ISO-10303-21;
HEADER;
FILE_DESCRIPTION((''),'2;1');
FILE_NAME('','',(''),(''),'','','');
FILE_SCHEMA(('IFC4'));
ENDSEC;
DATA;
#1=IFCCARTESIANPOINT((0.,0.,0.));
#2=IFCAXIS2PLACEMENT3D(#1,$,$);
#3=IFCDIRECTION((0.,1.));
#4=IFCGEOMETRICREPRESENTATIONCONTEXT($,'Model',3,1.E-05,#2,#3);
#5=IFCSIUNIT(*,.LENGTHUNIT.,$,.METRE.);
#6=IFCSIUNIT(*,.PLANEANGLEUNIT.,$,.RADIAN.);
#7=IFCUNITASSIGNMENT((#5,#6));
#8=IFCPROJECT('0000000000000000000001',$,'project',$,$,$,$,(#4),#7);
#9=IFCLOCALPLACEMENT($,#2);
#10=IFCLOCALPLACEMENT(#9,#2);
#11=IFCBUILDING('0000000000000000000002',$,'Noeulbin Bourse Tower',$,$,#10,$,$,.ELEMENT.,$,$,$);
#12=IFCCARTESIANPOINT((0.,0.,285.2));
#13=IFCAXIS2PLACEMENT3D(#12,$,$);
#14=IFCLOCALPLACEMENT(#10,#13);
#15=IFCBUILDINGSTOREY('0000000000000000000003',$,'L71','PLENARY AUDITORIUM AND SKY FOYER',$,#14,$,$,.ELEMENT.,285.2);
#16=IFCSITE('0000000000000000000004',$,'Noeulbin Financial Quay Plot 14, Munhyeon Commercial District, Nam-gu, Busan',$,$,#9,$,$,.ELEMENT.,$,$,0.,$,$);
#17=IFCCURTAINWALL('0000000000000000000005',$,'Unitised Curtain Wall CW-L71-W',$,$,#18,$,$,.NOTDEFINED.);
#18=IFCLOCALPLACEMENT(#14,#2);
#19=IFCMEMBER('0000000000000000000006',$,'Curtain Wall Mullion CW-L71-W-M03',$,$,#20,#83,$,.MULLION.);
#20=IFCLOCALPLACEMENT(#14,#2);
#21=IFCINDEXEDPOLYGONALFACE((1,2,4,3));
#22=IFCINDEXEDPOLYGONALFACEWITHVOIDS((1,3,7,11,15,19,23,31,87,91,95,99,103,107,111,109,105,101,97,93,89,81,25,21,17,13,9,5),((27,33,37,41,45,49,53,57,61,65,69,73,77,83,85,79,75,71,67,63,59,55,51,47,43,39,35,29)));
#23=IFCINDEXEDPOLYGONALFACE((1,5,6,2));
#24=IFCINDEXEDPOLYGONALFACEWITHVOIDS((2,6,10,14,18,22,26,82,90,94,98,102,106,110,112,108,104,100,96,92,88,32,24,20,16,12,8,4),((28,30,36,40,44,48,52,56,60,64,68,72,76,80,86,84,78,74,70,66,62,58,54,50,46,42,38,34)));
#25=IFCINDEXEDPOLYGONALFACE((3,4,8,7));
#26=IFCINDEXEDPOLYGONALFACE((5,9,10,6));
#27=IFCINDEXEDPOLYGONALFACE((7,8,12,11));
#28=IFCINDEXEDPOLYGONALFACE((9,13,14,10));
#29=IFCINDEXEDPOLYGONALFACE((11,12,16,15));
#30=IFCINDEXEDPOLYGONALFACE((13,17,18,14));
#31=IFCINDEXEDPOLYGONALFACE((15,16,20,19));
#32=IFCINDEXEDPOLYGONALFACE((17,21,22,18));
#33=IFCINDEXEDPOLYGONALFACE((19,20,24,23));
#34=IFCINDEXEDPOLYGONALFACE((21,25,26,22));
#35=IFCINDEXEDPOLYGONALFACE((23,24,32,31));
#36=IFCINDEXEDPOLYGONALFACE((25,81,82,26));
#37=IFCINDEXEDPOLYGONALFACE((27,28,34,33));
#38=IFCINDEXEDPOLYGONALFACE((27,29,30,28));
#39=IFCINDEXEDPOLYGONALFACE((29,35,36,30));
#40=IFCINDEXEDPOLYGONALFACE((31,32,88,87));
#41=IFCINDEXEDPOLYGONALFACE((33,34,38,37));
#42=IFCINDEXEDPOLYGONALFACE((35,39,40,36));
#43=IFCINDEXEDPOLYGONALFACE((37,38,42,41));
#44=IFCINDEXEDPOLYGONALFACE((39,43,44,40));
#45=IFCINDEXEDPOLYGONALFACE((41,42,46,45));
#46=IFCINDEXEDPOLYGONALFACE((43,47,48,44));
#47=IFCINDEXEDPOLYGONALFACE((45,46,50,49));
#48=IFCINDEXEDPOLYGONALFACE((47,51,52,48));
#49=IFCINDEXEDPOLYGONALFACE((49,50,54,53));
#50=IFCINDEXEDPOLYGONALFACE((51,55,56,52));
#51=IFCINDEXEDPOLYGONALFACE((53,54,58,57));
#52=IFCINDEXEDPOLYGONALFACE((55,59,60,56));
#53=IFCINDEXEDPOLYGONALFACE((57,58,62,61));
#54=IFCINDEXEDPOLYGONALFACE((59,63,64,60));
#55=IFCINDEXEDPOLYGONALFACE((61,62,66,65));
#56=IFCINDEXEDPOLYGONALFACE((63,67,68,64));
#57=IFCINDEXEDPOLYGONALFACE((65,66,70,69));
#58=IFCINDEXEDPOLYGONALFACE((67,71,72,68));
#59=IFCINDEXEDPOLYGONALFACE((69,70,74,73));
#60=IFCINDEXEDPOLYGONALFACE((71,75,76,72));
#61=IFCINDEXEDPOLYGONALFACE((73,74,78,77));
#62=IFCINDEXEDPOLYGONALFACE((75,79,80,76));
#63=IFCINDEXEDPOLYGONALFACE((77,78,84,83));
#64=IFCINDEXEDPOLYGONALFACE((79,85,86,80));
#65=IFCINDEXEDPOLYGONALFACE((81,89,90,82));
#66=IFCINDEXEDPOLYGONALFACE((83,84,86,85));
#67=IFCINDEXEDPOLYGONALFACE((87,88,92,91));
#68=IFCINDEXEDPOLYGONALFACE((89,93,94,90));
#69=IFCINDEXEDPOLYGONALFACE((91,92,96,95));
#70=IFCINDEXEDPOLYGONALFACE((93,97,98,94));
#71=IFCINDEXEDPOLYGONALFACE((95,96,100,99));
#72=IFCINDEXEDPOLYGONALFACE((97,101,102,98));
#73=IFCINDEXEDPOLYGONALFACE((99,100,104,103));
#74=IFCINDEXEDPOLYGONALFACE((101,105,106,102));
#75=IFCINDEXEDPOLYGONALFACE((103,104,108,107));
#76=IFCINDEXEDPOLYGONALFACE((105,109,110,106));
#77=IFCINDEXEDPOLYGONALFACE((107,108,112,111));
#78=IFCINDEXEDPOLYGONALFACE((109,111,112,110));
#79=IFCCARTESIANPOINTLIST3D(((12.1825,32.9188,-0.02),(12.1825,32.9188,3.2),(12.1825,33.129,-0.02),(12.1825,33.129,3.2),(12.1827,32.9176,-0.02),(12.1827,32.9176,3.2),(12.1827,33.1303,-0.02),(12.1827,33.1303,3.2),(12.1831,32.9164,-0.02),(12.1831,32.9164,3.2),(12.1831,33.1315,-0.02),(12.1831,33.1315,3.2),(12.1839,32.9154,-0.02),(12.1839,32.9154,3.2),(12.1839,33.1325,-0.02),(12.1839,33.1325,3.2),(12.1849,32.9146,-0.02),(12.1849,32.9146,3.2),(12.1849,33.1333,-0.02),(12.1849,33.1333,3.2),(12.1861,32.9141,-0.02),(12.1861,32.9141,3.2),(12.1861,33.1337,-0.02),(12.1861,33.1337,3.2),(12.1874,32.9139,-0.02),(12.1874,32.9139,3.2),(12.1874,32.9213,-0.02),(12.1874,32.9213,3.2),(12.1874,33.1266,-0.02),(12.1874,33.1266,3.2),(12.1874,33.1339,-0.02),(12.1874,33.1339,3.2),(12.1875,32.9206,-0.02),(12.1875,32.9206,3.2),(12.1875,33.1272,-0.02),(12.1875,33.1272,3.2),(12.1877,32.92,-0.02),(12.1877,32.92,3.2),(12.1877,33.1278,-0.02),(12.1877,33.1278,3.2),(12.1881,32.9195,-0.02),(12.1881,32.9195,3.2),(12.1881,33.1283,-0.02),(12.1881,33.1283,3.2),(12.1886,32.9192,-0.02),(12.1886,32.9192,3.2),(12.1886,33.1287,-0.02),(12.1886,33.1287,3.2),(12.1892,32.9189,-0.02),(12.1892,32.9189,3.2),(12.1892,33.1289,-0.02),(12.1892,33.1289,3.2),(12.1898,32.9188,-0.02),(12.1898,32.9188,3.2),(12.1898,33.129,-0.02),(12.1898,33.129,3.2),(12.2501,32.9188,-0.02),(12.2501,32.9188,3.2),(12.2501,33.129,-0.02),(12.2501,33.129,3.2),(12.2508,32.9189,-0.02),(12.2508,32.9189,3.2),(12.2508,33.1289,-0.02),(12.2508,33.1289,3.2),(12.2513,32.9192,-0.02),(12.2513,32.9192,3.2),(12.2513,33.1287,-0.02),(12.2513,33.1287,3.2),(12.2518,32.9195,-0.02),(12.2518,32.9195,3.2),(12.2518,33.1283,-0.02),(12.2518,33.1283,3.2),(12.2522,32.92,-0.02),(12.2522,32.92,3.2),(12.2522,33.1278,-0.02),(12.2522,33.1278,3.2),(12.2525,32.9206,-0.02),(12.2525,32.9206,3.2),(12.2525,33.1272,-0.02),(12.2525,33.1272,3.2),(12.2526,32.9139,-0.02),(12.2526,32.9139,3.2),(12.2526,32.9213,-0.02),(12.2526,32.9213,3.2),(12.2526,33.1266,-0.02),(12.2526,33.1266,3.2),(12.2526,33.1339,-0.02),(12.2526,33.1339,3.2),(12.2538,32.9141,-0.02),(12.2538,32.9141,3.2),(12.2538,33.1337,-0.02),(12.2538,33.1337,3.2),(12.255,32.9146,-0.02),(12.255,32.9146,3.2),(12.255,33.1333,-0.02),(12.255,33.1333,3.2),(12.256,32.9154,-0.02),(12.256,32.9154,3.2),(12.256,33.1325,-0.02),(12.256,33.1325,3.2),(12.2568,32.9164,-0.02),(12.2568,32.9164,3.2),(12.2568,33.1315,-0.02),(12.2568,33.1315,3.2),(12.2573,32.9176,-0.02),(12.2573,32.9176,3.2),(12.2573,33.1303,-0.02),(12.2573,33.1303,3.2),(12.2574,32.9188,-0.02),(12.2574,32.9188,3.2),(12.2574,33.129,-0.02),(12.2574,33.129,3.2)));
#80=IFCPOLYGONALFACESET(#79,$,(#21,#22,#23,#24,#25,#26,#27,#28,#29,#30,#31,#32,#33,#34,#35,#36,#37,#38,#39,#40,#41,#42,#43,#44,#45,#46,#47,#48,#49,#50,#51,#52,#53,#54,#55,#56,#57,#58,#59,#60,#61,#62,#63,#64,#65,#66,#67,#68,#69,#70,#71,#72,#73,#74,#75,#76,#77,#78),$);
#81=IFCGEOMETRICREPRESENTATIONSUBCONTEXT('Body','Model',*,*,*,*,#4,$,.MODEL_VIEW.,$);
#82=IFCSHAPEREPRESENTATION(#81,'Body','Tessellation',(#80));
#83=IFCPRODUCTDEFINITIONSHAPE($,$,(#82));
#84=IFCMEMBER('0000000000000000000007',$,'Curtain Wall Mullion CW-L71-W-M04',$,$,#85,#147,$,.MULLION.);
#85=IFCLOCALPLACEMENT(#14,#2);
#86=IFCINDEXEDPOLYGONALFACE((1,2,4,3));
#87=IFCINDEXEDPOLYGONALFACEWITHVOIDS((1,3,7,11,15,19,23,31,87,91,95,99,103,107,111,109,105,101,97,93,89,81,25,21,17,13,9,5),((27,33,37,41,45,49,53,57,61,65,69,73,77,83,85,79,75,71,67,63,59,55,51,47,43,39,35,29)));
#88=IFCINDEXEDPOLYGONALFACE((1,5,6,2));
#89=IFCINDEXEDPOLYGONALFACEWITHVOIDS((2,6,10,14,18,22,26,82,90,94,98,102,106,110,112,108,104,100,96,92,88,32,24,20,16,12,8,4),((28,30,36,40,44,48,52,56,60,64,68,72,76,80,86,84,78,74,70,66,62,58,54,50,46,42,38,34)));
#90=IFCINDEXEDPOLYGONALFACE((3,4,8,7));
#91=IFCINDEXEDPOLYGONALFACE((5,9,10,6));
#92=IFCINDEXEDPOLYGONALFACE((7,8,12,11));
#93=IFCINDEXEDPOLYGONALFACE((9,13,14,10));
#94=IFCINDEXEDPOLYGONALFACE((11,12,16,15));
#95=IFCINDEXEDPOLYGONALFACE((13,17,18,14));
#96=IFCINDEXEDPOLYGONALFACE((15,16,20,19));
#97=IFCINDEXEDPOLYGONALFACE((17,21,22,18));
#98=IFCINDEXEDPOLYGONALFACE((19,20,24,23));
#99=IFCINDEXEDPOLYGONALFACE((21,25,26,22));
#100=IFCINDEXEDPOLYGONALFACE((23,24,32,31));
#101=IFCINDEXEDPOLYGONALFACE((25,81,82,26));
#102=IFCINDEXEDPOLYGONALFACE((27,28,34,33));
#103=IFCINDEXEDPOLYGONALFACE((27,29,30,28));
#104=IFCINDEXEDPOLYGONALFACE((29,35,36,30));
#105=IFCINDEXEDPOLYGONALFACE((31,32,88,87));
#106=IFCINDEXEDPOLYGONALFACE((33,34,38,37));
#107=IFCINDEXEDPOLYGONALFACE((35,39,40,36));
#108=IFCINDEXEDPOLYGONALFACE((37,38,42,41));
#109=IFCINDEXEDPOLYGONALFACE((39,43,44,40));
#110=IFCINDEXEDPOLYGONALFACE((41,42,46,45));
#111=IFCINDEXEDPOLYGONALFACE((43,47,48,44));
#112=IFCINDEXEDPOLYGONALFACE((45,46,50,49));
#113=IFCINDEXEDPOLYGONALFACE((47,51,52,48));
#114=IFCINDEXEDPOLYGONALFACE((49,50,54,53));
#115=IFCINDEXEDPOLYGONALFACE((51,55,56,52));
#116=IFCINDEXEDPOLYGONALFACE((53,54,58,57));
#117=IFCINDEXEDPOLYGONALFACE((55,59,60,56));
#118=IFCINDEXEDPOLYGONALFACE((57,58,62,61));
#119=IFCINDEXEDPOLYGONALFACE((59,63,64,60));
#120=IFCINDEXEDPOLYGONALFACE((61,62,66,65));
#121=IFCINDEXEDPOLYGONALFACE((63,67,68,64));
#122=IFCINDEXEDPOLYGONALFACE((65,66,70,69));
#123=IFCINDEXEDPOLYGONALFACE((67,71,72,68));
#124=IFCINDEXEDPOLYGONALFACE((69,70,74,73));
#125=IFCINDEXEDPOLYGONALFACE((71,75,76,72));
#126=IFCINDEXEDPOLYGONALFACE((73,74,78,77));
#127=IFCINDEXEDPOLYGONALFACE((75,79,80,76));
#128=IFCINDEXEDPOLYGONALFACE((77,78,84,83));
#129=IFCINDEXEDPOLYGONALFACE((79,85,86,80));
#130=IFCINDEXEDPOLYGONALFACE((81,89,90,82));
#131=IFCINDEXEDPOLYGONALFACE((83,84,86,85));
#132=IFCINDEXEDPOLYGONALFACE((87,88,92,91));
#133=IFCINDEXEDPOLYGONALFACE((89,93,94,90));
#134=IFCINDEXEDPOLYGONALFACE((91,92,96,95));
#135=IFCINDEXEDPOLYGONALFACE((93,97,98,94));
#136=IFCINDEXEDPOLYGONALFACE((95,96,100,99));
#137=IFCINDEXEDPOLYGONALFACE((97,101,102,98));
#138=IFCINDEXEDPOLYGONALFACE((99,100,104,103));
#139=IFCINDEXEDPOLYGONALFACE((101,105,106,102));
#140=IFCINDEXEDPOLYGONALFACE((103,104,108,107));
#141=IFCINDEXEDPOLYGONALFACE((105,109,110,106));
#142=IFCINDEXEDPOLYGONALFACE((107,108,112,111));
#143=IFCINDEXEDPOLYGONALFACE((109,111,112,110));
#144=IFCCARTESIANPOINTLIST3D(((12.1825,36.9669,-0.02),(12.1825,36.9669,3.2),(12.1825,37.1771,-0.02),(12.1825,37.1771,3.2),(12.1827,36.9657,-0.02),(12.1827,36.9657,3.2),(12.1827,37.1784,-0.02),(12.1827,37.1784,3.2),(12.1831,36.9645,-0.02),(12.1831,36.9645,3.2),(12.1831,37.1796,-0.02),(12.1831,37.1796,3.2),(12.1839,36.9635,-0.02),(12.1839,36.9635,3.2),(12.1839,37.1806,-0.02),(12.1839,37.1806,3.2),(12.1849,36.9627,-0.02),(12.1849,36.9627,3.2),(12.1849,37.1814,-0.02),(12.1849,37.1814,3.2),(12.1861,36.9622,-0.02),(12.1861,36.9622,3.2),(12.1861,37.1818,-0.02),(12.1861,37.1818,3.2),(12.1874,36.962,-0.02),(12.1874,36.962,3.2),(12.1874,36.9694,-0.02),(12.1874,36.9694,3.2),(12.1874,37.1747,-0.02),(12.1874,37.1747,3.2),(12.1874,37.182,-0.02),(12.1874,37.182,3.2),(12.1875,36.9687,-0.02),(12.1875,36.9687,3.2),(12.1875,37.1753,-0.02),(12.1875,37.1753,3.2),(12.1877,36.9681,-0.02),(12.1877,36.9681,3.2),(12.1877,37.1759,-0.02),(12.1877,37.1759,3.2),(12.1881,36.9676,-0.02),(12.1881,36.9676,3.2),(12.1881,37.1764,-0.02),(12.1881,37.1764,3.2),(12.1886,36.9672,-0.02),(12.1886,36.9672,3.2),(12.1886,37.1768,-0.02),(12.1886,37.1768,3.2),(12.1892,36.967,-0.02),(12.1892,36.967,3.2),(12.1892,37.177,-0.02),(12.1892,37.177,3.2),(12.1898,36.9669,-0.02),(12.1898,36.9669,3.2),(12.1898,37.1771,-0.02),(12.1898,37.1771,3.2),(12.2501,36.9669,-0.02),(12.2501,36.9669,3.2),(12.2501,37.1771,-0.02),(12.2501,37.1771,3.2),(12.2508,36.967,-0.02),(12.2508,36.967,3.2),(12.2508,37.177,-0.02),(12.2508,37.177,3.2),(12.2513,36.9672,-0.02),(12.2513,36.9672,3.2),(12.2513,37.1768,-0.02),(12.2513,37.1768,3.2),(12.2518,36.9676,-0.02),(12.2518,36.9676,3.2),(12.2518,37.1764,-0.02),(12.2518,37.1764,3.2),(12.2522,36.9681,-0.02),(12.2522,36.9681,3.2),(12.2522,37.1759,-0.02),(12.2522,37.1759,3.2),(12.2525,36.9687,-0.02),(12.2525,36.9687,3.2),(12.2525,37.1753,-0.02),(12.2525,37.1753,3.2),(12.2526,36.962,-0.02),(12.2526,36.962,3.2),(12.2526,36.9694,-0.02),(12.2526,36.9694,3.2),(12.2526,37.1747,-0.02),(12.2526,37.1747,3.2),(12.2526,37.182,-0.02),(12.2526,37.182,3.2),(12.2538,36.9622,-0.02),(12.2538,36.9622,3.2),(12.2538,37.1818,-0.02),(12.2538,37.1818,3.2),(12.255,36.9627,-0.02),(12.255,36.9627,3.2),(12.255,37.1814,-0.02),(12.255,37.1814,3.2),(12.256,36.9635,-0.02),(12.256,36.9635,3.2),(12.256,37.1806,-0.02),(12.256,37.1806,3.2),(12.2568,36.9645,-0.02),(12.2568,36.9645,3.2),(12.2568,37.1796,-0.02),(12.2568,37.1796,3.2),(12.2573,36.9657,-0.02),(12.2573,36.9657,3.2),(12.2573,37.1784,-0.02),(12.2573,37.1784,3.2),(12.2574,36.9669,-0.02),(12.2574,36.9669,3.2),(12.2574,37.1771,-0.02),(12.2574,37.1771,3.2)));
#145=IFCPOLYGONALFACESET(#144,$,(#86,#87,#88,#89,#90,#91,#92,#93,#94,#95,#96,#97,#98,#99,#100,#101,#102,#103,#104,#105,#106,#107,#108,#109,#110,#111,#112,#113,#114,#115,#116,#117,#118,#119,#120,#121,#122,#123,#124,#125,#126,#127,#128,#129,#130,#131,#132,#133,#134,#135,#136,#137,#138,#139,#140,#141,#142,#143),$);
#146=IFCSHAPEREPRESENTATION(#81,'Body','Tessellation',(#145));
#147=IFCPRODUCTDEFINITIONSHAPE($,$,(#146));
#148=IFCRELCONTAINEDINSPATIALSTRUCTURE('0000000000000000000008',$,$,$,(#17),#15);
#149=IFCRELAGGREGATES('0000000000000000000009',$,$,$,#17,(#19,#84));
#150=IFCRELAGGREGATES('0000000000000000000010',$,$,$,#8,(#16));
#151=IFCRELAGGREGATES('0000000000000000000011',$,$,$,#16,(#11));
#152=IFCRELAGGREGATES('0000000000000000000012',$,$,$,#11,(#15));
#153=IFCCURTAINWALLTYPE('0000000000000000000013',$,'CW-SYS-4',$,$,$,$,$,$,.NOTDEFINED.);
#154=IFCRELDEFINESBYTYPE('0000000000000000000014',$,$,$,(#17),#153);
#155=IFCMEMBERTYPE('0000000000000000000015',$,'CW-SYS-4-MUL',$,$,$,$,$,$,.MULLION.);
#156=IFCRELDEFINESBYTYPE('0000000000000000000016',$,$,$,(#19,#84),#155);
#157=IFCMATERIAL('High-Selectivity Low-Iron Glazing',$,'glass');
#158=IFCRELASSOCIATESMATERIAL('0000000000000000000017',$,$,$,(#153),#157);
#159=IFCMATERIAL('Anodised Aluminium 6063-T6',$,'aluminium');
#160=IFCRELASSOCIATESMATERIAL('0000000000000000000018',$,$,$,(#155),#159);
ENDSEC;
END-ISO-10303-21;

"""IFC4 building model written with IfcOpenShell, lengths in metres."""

from ifc_helpers import new_model, si_unit, direction, frame, origin, origin_2d, place, context, subcontext, project, spatial, hollow_rectangle, extrude, material, material_profile, profile_set, type_object, element, aggregate, save


model = new_model("IFC4")

# Units and contexts
model_context = context("Model", 3, precision=1e-05, world=origin(), true_north=direction((0.0, 1.0)))
body_context = subcontext(model_context, "Body", "Model", "MODEL_VIEW")
ifc_project = project(units=[si_unit("LENGTHUNIT", "METRE"), si_unit("PLANEANGLEUNIT", "RADIAN")], contexts=[model_context])

# Site, building, storey
site_placement = place(None, origin())
site = spatial("IfcSite", under=ifc_project, at=site_placement, Name="Noeulbin Financial Quay Plot 14, Munhyeon Commercial District, Nam-gu, Busan", CompositionType="ELEMENT", RefElevation=0.0)
building_placement = place(site_placement, origin())
building = spatial("IfcBuilding", under=site, at=building_placement, Name="Noeulbin Bourse Tower", CompositionType="ELEMENT")
storey_placement = place(building_placement, frame((0.0, 0.0, 285.2)))
storey = spatial("IfcBuildingStorey", under=building, at=storey_placement, Name="L71", Description="PLENARY AUDITORIUM AND SKY FOYER", CompositionType="ELEMENT", Elevation=285.2)

# Shared definitions
ifc_material_1 = material(Name="High-Selectivity Low-Iron Glazing", Category="glass")
curtain_wall_type = type_object("IfcCurtainWallType", Name="CW-SYS-4", PredefinedType="NOTDEFINED", material=ifc_material_1)
ifc_material_2 = material(Name="Anodised Aluminium 6063-T6", Category="aluminium")
ifc_material_profile_1 = material_profile(ifc_material_2, hollow_rectangle(XDim=0.075, YDim=0.22, WallThickness=0.0049, InnerFilletRadius=0.0024, OuterFilletRadius=0.0049, at=origin_2d()), Name="ALU-MULL-75x220x5", Category="LoadBearing")
ifc_profile_set_1 = profile_set([ifc_material_profile_1], Name="Anodised Aluminium 6063-T6")
member_type_1 = type_object("IfcMemberType", Name="CW-SYS-4-MUL", PredefinedType="MULLION", material=ifc_profile_set_1)

# Curtain wall, members
curtain_wall_1_placement = place(storey_placement, origin())
curtain_wall_1 = element("IfcCurtainWall", 1, at=curtain_wall_1_placement, inside=storey, type_object=curtain_wall_type, Name="Unitised Curtain Wall CW-L71-W", PredefinedType="NOTDEFINED")
member_1_placement = place(storey_placement, frame((12.22, 33.0239, -0.02), z_axis=(0.0, 0.0, 1.0), x_axis=(1.0, 0.0, 0.0)))
member_1 = element("IfcMember", 2, at=member_1_placement, type_object=member_type_1, Name="Curtain Wall Mullion CW-L71-W-M03", PredefinedType="MULLION", context=body_context, shape_type="SweptSolid", body=[
    extrude(hollow_rectangle(XDim=0.075, YDim=0.22, WallThickness=0.0049, InnerFilletRadius=0.0024, OuterFilletRadius=0.0049, at=origin_2d()), origin(), (0.0, 0.0, 1.0), 3.22),
])
member_2_placement = place(storey_placement, frame((12.22, 37.072, -0.02), z_axis=(0.0, 0.0, 1.0), x_axis=(1.0, 0.0, 0.0)))
member_2 = element("IfcMember", 3, at=member_2_placement, type_object=member_type_1, Name="Curtain Wall Mullion CW-L71-W-M04", PredefinedType="MULLION", context=body_context, shape_type="SweptSolid", body=[
    extrude(hollow_rectangle(XDim=0.075, YDim=0.22, WallThickness=0.0049, InnerFilletRadius=0.0024, OuterFilletRadius=0.0049, at=origin_2d()), origin(), (0.0, 0.0, 1.0), 3.22),
])

aggregate(curtain_wall_1, [member_1, member_2])

save(model, "model.ifc")
